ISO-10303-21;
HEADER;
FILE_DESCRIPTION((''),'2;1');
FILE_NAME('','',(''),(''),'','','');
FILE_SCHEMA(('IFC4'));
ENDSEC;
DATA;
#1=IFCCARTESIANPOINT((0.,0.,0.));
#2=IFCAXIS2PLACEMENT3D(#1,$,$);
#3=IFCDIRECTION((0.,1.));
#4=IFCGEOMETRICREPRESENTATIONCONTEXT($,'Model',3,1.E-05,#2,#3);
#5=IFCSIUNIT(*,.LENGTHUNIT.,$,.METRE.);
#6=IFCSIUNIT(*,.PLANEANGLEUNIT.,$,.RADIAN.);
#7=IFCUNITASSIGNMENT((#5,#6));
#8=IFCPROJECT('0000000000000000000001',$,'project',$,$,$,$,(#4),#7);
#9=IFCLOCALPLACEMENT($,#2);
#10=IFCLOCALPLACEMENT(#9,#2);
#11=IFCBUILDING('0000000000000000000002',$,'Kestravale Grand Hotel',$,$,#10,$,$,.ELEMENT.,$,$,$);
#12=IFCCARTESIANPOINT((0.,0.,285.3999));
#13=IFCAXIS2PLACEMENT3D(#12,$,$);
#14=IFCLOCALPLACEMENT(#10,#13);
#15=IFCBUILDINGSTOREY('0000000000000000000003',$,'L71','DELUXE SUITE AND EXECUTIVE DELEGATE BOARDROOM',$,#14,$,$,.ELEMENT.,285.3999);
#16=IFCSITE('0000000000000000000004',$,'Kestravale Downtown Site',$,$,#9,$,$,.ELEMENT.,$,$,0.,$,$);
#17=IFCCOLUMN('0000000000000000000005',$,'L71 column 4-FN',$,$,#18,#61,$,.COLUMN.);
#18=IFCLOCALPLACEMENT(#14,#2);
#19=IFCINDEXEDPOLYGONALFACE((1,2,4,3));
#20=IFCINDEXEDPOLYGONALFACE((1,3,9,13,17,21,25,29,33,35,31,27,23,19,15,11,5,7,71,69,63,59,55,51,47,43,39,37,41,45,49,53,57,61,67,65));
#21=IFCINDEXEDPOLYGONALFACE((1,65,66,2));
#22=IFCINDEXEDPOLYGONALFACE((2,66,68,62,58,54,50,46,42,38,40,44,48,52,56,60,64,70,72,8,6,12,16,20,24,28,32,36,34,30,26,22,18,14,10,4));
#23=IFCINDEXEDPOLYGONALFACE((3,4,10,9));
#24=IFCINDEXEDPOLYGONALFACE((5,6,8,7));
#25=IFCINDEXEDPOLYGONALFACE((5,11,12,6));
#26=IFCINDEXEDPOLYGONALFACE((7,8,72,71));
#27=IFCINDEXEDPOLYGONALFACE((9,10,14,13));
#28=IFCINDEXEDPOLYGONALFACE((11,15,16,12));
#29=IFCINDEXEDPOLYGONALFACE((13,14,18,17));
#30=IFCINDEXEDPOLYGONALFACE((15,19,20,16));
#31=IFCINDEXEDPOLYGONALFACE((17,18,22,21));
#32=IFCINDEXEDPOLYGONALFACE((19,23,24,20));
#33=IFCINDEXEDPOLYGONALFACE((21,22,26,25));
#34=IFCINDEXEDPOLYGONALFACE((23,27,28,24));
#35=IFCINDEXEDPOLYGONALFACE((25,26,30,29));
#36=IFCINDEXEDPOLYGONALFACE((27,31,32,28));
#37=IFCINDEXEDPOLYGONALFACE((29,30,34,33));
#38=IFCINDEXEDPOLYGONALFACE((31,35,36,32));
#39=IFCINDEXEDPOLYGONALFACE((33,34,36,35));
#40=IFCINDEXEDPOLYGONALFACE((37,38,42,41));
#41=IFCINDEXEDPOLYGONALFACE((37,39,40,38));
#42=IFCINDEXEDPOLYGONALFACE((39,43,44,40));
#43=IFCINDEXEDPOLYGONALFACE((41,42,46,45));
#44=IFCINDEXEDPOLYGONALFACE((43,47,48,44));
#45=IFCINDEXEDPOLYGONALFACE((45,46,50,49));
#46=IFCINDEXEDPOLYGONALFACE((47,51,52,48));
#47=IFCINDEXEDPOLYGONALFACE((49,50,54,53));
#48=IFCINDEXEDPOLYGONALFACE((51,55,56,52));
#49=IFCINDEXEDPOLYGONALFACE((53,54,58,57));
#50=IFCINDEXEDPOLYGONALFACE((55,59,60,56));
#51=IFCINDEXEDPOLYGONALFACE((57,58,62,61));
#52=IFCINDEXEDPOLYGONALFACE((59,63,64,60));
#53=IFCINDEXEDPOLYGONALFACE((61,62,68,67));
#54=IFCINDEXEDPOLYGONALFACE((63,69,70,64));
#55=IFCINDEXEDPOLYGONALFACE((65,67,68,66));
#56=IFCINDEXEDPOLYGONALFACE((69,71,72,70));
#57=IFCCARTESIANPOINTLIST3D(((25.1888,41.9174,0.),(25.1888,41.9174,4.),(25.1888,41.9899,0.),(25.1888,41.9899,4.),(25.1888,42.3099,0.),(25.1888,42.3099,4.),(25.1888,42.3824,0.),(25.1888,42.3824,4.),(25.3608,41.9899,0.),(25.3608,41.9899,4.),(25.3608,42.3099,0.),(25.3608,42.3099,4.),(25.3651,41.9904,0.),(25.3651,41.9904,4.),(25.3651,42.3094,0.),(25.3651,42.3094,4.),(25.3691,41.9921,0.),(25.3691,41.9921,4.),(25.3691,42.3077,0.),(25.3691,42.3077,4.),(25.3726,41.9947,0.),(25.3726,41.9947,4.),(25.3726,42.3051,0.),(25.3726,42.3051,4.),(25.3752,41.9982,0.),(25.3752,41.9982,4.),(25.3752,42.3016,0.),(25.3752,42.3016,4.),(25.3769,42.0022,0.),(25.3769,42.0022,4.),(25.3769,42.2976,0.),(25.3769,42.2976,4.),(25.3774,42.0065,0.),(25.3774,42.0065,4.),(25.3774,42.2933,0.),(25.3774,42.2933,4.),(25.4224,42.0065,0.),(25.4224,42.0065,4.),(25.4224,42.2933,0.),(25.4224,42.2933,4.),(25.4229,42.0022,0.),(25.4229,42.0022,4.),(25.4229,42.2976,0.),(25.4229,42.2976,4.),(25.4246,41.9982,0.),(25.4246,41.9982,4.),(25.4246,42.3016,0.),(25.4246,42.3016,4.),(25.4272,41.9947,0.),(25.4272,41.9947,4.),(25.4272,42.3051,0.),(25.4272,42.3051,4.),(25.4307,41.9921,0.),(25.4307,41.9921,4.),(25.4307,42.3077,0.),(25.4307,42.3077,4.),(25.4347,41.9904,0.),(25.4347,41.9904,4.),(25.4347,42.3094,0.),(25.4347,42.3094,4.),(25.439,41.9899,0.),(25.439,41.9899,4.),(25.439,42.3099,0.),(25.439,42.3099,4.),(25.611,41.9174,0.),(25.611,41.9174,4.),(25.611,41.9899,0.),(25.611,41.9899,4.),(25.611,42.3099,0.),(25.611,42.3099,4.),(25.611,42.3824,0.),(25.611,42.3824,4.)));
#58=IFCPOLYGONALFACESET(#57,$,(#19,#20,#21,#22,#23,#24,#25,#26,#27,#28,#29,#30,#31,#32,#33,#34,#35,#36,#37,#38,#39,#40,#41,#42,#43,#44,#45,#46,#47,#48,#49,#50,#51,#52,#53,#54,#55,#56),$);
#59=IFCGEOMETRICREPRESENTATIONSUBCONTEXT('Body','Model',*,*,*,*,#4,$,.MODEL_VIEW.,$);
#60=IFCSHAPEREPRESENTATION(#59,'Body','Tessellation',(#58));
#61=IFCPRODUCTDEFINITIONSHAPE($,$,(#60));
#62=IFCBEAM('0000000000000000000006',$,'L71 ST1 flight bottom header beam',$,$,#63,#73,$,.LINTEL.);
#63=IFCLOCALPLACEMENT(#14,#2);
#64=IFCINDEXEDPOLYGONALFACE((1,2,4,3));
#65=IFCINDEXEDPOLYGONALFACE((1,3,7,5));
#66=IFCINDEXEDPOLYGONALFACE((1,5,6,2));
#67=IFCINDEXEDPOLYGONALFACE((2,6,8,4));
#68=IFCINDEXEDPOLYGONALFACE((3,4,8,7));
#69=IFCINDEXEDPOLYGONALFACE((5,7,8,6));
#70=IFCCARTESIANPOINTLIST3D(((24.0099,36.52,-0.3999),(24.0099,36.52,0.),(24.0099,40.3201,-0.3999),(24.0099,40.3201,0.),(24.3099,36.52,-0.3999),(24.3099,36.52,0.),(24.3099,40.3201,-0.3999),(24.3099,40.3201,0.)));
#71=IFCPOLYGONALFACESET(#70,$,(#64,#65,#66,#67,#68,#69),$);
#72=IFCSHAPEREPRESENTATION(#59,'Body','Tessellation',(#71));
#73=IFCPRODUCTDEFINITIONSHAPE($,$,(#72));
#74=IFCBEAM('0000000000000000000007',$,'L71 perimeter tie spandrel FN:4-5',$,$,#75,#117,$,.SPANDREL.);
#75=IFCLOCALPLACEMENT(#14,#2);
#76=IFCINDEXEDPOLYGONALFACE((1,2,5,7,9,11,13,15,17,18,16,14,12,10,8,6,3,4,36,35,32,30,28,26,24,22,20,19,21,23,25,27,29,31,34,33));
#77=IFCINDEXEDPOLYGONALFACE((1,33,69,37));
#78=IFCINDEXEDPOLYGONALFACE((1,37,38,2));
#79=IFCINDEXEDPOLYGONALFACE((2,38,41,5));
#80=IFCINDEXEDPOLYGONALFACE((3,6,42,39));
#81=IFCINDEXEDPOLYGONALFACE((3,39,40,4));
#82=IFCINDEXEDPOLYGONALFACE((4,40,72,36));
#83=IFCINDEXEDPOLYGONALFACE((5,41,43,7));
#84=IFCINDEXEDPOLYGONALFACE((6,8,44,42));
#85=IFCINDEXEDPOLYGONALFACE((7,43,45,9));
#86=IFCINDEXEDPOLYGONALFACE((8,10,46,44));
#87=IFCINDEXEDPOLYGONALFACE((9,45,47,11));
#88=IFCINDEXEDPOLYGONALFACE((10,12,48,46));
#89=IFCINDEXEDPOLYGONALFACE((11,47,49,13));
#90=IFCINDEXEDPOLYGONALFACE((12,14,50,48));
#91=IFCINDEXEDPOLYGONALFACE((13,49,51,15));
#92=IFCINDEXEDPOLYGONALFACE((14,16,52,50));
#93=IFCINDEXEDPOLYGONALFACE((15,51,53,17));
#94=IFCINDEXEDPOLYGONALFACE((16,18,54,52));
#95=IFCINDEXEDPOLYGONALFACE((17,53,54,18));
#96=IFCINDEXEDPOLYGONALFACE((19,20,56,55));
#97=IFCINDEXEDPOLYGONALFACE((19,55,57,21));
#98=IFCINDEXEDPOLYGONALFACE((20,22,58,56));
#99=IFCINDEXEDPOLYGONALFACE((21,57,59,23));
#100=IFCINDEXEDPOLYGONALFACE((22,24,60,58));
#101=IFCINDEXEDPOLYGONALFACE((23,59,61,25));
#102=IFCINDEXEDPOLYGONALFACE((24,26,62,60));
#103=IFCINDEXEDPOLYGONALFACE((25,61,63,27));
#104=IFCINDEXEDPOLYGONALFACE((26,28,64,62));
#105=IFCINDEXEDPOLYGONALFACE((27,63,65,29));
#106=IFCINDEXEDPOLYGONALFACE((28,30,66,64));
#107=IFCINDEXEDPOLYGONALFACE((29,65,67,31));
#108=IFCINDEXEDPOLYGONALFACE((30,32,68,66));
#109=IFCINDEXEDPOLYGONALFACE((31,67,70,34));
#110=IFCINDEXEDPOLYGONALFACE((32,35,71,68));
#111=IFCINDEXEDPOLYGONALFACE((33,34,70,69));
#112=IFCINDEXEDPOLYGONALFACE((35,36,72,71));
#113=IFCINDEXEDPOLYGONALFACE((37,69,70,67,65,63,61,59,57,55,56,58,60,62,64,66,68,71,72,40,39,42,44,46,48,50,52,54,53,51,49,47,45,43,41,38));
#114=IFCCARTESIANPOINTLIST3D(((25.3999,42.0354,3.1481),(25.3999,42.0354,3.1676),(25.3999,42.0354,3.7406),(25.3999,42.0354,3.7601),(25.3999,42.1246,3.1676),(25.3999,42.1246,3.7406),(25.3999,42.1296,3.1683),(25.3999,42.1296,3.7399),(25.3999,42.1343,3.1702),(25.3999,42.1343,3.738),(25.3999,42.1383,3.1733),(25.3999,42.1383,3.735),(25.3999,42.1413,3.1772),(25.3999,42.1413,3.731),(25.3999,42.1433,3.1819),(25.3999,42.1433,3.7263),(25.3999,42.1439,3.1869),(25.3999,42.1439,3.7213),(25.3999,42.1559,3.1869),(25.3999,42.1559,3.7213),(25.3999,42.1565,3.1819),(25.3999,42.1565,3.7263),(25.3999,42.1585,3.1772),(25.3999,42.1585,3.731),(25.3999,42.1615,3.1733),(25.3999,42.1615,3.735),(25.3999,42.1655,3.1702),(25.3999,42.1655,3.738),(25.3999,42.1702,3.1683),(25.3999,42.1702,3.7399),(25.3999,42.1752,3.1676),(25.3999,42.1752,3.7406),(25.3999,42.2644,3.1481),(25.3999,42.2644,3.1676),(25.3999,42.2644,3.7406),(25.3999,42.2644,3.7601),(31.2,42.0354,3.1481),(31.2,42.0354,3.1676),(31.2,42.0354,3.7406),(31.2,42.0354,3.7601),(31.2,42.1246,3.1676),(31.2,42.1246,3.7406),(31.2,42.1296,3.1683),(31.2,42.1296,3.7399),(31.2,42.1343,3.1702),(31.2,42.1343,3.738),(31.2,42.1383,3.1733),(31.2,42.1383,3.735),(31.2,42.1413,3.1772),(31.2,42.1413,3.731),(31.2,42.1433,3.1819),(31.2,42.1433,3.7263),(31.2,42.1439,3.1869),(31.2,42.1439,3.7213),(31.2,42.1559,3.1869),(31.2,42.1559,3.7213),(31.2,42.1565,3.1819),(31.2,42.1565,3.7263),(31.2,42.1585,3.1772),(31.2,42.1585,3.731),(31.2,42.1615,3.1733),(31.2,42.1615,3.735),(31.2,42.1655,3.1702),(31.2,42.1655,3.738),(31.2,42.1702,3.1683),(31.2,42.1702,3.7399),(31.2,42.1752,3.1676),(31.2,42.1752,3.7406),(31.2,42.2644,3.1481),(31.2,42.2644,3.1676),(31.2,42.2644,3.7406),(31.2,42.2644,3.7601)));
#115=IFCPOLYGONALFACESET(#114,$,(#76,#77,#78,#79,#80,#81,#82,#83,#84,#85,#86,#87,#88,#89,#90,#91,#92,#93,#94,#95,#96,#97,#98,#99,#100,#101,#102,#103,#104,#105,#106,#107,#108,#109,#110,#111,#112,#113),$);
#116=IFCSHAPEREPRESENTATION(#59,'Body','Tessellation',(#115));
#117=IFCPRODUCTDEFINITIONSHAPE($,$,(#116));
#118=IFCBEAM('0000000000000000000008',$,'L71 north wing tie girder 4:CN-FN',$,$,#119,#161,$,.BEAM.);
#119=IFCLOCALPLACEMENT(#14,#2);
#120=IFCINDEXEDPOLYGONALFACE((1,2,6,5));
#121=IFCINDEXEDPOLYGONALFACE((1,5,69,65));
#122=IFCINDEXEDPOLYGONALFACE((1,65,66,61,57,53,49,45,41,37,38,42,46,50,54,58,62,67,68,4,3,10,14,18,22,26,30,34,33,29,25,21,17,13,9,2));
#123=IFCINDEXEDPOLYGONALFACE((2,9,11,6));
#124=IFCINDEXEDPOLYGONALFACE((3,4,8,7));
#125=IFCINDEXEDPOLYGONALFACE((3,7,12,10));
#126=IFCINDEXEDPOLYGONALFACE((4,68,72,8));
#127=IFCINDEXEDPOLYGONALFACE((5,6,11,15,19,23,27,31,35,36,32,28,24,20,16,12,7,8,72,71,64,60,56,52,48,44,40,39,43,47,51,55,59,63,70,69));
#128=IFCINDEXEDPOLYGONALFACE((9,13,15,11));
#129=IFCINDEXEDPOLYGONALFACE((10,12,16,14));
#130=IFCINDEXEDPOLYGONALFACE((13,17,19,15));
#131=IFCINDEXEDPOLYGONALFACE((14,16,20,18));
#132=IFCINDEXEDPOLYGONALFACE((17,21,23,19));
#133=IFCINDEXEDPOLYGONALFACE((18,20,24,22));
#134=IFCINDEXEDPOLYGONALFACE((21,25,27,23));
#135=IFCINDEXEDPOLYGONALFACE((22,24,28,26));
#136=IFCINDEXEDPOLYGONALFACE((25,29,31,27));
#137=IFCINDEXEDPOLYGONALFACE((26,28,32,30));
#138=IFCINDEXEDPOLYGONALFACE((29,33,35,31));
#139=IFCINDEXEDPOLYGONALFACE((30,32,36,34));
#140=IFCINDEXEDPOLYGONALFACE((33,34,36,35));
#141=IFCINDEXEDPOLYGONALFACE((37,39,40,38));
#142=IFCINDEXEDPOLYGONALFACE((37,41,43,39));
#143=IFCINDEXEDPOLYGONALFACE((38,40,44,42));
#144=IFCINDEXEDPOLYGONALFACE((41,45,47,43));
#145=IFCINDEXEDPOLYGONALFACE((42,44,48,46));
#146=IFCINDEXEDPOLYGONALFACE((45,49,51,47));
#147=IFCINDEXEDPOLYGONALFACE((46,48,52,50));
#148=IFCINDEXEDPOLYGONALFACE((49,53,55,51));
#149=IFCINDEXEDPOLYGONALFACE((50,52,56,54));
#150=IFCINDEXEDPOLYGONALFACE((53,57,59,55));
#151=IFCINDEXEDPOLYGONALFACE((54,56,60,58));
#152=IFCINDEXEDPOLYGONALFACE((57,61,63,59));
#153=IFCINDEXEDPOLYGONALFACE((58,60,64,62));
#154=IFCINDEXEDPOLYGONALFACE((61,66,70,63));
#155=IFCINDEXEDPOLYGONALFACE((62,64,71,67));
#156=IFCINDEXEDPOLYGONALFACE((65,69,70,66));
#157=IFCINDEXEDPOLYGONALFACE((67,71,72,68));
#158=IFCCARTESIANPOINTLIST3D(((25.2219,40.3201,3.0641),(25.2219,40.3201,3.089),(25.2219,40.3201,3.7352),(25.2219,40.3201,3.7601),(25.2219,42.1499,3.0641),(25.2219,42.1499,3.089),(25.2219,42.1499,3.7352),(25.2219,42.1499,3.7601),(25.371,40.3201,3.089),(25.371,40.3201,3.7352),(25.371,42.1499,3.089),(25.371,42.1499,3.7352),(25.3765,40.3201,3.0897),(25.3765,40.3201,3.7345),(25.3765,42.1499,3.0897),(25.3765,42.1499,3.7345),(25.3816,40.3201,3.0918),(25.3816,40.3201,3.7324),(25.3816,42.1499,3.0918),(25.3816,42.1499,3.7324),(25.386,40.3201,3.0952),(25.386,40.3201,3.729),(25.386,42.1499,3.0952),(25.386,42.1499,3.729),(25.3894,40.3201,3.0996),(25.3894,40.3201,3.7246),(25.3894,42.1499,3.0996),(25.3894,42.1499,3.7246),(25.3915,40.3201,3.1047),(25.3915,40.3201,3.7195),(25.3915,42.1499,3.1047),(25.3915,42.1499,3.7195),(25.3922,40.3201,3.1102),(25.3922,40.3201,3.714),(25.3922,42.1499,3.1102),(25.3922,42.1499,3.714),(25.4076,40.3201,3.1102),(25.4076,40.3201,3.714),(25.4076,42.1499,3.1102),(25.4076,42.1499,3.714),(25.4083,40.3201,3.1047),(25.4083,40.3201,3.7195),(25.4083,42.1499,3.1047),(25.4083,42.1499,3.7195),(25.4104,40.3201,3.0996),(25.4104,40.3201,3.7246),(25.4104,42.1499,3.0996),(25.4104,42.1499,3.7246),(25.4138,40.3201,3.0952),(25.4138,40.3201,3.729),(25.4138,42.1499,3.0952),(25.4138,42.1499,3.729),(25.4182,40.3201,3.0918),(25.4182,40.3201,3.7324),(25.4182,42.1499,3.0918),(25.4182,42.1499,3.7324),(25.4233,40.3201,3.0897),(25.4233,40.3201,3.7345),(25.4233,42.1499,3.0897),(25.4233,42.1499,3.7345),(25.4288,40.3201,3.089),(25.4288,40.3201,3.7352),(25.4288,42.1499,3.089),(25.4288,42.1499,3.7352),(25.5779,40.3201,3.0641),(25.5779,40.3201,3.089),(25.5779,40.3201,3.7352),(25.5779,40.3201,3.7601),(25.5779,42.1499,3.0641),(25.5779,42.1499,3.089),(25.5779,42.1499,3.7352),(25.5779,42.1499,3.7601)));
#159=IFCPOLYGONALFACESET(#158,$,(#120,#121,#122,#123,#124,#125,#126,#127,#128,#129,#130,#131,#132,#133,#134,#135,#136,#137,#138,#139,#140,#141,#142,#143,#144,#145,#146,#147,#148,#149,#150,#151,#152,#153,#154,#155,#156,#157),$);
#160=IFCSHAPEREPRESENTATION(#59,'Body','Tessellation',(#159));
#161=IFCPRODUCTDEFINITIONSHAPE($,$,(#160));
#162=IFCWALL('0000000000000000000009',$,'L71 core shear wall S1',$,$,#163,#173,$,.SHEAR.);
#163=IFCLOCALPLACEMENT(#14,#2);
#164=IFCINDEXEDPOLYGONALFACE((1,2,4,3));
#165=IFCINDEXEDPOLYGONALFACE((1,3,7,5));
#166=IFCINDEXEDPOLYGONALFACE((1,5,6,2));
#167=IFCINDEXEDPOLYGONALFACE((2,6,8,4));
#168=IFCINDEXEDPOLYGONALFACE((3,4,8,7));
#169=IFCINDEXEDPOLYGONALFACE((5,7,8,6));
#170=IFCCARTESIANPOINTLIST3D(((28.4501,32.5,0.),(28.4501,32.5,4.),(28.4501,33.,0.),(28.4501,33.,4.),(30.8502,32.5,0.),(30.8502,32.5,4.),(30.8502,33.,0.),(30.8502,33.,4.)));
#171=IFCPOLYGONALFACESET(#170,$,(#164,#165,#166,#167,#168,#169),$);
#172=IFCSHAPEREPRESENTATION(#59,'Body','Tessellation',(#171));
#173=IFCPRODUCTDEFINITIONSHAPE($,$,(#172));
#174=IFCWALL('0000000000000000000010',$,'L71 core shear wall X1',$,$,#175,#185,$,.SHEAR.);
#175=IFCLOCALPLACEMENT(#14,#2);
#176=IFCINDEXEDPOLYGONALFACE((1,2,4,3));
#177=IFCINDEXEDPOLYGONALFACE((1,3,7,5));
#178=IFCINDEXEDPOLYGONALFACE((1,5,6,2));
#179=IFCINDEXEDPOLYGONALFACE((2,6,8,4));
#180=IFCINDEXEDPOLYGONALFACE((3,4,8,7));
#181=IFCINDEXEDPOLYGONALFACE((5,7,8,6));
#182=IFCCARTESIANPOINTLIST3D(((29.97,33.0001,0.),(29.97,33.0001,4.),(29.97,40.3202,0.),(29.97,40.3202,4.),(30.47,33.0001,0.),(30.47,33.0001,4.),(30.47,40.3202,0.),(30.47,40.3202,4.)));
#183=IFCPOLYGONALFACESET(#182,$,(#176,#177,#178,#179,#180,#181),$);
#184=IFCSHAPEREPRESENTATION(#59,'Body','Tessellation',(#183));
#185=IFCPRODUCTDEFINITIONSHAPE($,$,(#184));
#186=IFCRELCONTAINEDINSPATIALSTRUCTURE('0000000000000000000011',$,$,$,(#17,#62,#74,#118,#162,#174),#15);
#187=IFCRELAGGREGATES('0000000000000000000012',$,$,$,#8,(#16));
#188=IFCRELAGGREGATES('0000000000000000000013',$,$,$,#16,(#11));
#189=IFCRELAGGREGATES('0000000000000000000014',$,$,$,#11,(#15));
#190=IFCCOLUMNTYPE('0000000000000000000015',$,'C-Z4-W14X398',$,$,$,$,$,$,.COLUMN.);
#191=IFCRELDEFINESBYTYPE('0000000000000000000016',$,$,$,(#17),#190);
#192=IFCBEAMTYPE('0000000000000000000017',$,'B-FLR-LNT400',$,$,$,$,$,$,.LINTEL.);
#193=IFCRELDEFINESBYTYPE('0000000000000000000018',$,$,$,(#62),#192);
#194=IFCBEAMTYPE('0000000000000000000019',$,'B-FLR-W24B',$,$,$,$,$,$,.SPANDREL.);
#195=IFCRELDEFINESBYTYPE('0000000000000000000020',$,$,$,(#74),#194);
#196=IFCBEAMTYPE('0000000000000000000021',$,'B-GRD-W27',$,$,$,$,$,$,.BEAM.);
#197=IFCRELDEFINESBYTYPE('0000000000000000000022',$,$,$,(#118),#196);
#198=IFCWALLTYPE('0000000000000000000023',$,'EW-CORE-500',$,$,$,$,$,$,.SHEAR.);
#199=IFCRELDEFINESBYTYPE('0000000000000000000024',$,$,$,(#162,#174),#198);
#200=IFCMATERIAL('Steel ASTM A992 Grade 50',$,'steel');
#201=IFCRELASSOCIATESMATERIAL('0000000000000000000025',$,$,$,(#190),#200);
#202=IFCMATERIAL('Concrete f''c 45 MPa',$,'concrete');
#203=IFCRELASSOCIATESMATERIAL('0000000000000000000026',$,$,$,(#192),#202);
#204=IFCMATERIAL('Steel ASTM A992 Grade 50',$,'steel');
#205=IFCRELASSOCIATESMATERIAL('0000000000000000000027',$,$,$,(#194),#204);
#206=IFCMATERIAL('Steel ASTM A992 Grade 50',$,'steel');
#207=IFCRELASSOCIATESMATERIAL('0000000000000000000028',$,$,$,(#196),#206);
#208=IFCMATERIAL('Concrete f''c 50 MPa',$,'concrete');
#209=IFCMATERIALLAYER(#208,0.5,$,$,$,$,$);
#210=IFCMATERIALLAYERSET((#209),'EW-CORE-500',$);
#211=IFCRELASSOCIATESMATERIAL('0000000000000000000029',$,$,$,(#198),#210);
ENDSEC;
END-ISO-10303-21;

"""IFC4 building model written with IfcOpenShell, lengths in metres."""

from ifc_helpers import new_model, si_unit, direction, frame, frame_2d, origin, origin_2d, place, context, subcontext, project, spatial, rectangle, i_section, extrude, material, layer, layer_set, material_profile, profile_set, type_object, element, save


model = new_model("IFC4")

# Units and contexts
model_context = context("Model", 3, precision=1e-05, world=origin(), true_north=direction((0.0, 1.0)))
body_context = subcontext(model_context, "Body", "Model", "MODEL_VIEW")
ifc_project = project(units=[si_unit("LENGTHUNIT", "METRE"), si_unit("PLANEANGLEUNIT", "RADIAN")], contexts=[model_context])

# Site, building, storey
site_placement = place(None, origin())
site = spatial("IfcSite", under=ifc_project, at=site_placement, Name="Kestravale Downtown Site", CompositionType="ELEMENT", RefElevation=0.0)
building_placement = place(site_placement, origin())
building = spatial("IfcBuilding", under=site, at=building_placement, Name="Kestravale Grand Hotel", CompositionType="ELEMENT")
storey_placement = place(building_placement, frame((0.0, 0.0, 285.3999)))
storey = spatial("IfcBuildingStorey", under=building, at=storey_placement, Name="L71", Description="DELUXE SUITE AND EXECUTIVE DELEGATE BOARDROOM", CompositionType="ELEMENT", Elevation=285.3999)

# Column
ifc_material_1 = material(Name="Steel ASTM A992 Grade 50", Category="steel")
ifc_material_profile_1 = material_profile(ifc_material_1, i_section(OverallWidth=0.4221, OverallDepth=0.4651, WebThickness=0.0449, FlangeThickness=0.0725, FilletRadius=0.0166, at=origin_2d()))
ifc_profile_set_1 = profile_set([ifc_material_profile_1], Name="Steel ASTM A992 Grade 50")
column_type = type_object("IfcColumnType", Name="C-Z4-W14X398", PredefinedType="COLUMN", material=ifc_profile_set_1)
column_placement = place(storey_placement, frame((25.3999, 42.1499, 0.0), z_axis=(0.0, 0.0, 1.0), x_axis=(1.0, 0.0, 0.0)))
element("IfcColumn", 1, at=column_placement, inside=storey, type_object=column_type, Name="L71 column 4-FN", PredefinedType="COLUMN", context=body_context, shape_type="SweptSolid", body=[
    extrude(i_section(OverallWidth=0.4221, OverallDepth=0.4651, WebThickness=0.0449, FlangeThickness=0.0725, FilletRadius=0.0166, at=origin_2d()), origin(), (0.0, 0.0, 1.0), 4.0),
])

# Beams
ifc_material_2 = material(Name="Concrete f'c 45 MPa", Category="concrete")
ifc_material_profile_2 = material_profile(ifc_material_2, rectangle(XDim=0.3, YDim=0.3999, at=origin_2d()))
ifc_profile_set_2 = profile_set([ifc_material_profile_2], Name="Concrete f'c 45 MPa")
beam_type_1 = type_object("IfcBeamType", Name="B-FLR-LNT400", PredefinedType="LINTEL", material=ifc_profile_set_2)
beam_1_placement = place(storey_placement, frame((24.1599, 36.52, -0.2), z_axis=(0.0, 1.0, 0.0), x_axis=(-1.0, 0.0, 0.0)))
element("IfcBeam", 2, at=beam_1_placement, inside=storey, type_object=beam_type_1, Name="L71 ST1 flight bottom header beam", PredefinedType="LINTEL", context=body_context, shape_type="SweptSolid", body=[
    extrude(rectangle(XDim=0.3, YDim=0.3999, at=origin_2d()), origin(), (0.0, 0.0, 1.0), 3.8),
])
ifc_material_3 = material(Name="Steel ASTM A992 Grade 50", Category="steel")
ifc_material_profile_3 = material_profile(ifc_material_3, i_section(OverallWidth=0.229, OverallDepth=0.6121, WebThickness=0.012, FlangeThickness=0.0195, FilletRadius=0.0193, at=origin_2d()))
ifc_profile_set_3 = profile_set([ifc_material_profile_3], Name="Steel ASTM A992 Grade 50")
beam_type_2 = type_object("IfcBeamType", Name="B-FLR-W24B", PredefinedType="SPANDREL", material=ifc_profile_set_3)
beam_2_placement = place(storey_placement, frame((25.3999, 42.1499, 3.4541), z_axis=(1.0, 0.0, 0.0), x_axis=(0.0, 1.0, 0.0)))
element("IfcBeam", 3, at=beam_2_placement, inside=storey, type_object=beam_type_2, Name="L71 perimeter tie spandrel FN:4-5", PredefinedType="SPANDREL", context=body_context, shape_type="SweptSolid", body=[
    extrude(i_section(OverallWidth=0.229, OverallDepth=0.6121, WebThickness=0.012, FlangeThickness=0.0195, FilletRadius=0.0193, at=origin_2d()), origin(), (0.0, 0.0, 1.0), 5.8),
])
ifc_material_4 = material(Name="Steel ASTM A992 Grade 50", Category="steel")
ifc_material_profile_4 = material_profile(ifc_material_4, i_section(OverallWidth=0.356, OverallDepth=0.696, WebThickness=0.0154, FlangeThickness=0.0249, FilletRadius=0.0212, at=origin_2d()))
ifc_profile_set_4 = profile_set([ifc_material_profile_4], Name="Steel ASTM A992 Grade 50")
beam_type_3 = type_object("IfcBeamType", Name="B-GRD-W27", PredefinedType="BEAM", material=ifc_profile_set_4)
beam_3_placement = place(storey_placement, frame((25.3999, 40.3201, 3.4121), z_axis=(0.0, 1.0, 0.0), x_axis=(-1.0, 0.0, 0.0)))
element("IfcBeam", 4, at=beam_3_placement, inside=storey, type_object=beam_type_3, Name="L71 north wing tie girder 4:CN-FN", PredefinedType="BEAM", context=body_context, shape_type="SweptSolid", body=[
    extrude(i_section(OverallWidth=0.356, OverallDepth=0.696, WebThickness=0.0154, FlangeThickness=0.0249, FilletRadius=0.0212, at=origin_2d()), origin(), (0.0, 0.0, 1.0), 1.8298),
])

# Walls
ifc_material_5 = material(Name="Concrete f'c 50 MPa", Category="concrete")
ifc_layer_1 = layer(ifc_material_5, 0.5)
ifc_layer_set_1 = layer_set([ifc_layer_1], Name="EW-CORE-500")
wall_type_1 = type_object("IfcWallType", Name="EW-CORE-500", PredefinedType="SHEAR", material=ifc_layer_set_1)
wall_1_placement = place(storey_placement, frame((28.45, 32.75, 0.0), z_axis=(0.0, 0.0, 1.0), x_axis=(1.0, 0.0, 0.0)))
element("IfcWall", 5, at=wall_1_placement, inside=storey, type_object=wall_type_1, Name="L71 core shear wall S1", PredefinedType="SHEAR", context=body_context, shape_type="SweptSolid", body=[
    extrude(rectangle(XDim=2.4001, YDim=0.5, at=frame_2d((1.2002, 0.0))), origin(), (0.0, 0.0, 1.0), 4.0),
])
wall_2_placement = place(storey_placement, frame((30.22, 33.0, 0.0), z_axis=(0.0, 0.0, 1.0), x_axis=(0.0, 1.0, 0.0)))
element("IfcWall", 6, at=wall_2_placement, inside=storey, type_object=wall_type_1, Name="L71 core shear wall X1", PredefinedType="SHEAR", context=body_context, shape_type="SweptSolid", body=[
    extrude(rectangle(XDim=7.3201, YDim=0.5, at=frame_2d((3.6602, 0.0))), origin(), (0.0, 0.0, 1.0), 4.0),
])

save(model, "model.ifc")
